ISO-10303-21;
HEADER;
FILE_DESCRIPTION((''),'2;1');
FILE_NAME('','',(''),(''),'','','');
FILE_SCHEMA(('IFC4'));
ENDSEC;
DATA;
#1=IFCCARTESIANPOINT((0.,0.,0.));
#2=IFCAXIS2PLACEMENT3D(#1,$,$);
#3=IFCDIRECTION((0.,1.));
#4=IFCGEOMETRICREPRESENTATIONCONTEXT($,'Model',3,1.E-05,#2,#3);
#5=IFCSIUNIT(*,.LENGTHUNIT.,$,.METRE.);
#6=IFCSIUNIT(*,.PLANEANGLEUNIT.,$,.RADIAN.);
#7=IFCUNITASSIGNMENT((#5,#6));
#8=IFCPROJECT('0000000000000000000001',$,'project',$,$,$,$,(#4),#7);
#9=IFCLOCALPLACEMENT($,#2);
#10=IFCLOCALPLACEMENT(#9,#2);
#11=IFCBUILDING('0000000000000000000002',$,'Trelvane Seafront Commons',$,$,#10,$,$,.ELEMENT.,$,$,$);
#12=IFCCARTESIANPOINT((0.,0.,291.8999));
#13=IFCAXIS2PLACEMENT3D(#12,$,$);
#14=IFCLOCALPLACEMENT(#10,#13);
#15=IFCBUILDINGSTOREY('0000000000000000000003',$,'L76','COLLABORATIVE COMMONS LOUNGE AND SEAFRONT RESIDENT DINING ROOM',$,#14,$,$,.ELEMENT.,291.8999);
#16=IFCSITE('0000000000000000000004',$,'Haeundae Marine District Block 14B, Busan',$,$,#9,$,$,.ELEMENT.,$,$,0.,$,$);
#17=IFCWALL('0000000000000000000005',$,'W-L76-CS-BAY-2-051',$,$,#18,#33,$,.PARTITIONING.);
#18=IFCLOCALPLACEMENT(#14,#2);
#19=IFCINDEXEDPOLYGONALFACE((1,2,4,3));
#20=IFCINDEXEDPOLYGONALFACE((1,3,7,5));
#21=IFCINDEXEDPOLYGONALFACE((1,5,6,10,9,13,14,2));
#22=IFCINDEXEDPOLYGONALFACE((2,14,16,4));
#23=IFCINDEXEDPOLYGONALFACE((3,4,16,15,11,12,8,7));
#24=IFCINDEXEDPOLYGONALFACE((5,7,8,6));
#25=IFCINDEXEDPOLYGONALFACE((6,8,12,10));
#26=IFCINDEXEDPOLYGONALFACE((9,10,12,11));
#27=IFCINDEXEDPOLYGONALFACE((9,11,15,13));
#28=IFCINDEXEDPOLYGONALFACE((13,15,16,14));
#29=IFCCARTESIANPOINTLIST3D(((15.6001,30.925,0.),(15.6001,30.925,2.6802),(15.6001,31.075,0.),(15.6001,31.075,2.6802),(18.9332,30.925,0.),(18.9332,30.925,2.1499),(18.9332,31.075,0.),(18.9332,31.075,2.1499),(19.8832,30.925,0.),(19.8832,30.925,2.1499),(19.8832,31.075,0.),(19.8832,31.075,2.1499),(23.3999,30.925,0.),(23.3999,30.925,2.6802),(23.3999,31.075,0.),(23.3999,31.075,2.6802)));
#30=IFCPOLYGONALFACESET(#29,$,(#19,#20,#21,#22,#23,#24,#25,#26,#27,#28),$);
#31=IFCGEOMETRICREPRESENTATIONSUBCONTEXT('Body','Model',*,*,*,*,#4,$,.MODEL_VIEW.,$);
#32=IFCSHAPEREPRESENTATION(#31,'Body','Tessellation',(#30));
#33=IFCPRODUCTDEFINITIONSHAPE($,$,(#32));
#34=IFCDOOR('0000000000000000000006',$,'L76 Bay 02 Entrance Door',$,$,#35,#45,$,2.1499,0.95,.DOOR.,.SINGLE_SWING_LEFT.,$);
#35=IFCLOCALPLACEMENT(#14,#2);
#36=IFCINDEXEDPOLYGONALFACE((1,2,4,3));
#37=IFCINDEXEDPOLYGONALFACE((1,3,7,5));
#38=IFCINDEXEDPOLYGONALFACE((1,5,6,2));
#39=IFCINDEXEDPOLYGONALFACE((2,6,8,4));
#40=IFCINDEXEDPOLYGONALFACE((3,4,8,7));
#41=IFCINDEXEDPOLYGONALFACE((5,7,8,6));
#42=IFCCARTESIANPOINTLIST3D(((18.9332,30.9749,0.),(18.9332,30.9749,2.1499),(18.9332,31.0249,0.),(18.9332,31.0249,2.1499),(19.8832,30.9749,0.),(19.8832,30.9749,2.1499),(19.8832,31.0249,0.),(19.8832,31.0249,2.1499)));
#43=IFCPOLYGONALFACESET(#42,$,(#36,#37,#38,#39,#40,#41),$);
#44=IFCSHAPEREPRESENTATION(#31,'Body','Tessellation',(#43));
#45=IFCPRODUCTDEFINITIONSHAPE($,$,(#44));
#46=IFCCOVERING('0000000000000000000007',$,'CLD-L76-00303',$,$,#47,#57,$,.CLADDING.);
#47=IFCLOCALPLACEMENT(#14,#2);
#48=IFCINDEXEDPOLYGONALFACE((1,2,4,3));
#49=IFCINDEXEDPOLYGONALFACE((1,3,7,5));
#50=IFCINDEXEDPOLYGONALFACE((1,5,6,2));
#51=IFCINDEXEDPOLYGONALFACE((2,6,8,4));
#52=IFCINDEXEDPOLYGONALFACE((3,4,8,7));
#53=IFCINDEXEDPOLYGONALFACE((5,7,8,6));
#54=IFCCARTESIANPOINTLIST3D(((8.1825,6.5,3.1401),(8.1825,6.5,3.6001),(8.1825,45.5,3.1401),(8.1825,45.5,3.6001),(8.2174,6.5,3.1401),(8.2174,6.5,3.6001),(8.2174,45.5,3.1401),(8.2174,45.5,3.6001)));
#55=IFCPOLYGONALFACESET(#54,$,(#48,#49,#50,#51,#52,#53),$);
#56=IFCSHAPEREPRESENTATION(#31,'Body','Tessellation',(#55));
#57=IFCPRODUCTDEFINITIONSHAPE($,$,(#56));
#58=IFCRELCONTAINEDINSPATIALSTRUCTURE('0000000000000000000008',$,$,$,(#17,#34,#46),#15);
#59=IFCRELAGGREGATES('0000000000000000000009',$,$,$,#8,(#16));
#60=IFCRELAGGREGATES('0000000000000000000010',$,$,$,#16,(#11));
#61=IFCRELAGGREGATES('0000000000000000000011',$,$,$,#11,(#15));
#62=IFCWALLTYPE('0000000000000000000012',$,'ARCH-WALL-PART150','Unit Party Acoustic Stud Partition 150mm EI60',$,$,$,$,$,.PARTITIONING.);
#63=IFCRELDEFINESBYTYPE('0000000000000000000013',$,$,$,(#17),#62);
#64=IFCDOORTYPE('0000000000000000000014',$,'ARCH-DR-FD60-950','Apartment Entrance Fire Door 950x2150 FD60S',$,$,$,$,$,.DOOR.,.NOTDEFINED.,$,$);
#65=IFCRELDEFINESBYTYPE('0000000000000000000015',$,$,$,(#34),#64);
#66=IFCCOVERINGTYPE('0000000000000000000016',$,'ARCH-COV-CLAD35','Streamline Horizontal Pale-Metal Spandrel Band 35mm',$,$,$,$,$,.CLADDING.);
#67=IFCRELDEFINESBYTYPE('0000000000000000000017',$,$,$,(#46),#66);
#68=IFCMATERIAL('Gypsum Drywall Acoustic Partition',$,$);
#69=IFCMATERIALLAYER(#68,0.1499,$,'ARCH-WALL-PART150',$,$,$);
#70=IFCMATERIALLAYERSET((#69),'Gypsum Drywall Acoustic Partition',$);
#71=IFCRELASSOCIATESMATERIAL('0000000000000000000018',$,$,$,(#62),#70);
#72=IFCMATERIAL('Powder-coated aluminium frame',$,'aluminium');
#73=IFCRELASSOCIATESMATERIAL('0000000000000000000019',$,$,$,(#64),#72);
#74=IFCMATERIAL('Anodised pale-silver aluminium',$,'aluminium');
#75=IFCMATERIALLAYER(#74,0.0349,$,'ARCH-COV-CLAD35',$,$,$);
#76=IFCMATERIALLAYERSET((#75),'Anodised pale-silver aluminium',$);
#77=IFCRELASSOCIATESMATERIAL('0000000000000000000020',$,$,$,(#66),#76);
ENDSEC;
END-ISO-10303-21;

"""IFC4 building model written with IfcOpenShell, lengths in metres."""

from ifc_helpers import new_model, si_unit, direction, frame, frame_2d, origin, origin_2d, place, context, subcontext, project, spatial, rectangle, extrude, source, transform, mapped, material, layer, layer_set, type_object, element, fill, save


model = new_model("IFC4")

# Units and contexts
model_context = context("Model", 3, precision=1e-05, world=origin(), true_north=direction((0.0, 1.0)))
body_context = subcontext(model_context, "Body", "Model", "MODEL_VIEW")
ifc_project = project(units=[si_unit("LENGTHUNIT", "METRE"), si_unit("PLANEANGLEUNIT", "RADIAN")], contexts=[model_context])

# Site, building, storey
site_placement = place(None, origin())
site = spatial("IfcSite", under=ifc_project, at=site_placement, Name="Haeundae Marine District Block 14B, Busan", CompositionType="ELEMENT", RefElevation=0.0)
building_placement = place(site_placement, origin())
building = spatial("IfcBuilding", under=site, at=building_placement, Name="Trelvane Seafront Commons", CompositionType="ELEMENT")
storey_placement = place(building_placement, frame((0.0, 0.0, 291.8999)))
storey = spatial("IfcBuildingStorey", under=building, at=storey_placement, Name="L76", Description="COLLABORATIVE COMMONS LOUNGE AND SEAFRONT RESIDENT DINING ROOM", CompositionType="ELEMENT", Elevation=291.8999)

# Shared definitions
ifc_material_1 = material(Name="Anodised pale-silver aluminium", Category="aluminium")

# Shared definitions
ifc_material_2 = material(Name="Gypsum Drywall Acoustic Partition")
shared_shape_1 = source(origin(), body_context, "Body", "SweptSolid", [
    extrude(rectangle(XDim=0.95, YDim=2.1499, at=frame_2d((0.4751, 1.075))), frame((0.0, 0.0249, 0.0), z_axis=(0.0, -1.0, 0.0), x_axis=(1.0, 0.0, 0.0)), (0.0, 0.0, 1.0), 0.05),
])

# Wall, opening, door
ifc_layer_1 = layer(ifc_material_2, 0.1499, Name="ARCH-WALL-PART150")
ifc_layer_set_1 = layer_set([ifc_layer_1], Name="Gypsum Drywall Acoustic Partition")
wall_type_1 = type_object("IfcWallType", Name="ARCH-WALL-PART150", Description="Unit Party Acoustic Stud Partition 150mm EI60", PredefinedType="PARTITIONING", material=ifc_layer_set_1)
ifc_material_3 = material(Name="Powder-coated aluminium frame", Category="aluminium")
door_type_1 = type_object("IfcDoorType", Name="ARCH-DR-FD60-950", Description="Apartment Entrance Fire Door 950x2150 FD60S", OperationType="NOTDEFINED", PredefinedType="DOOR", material=ifc_material_3)
wall_1_placement = place(storey_placement, frame((15.6001, 31.0, 0.0), z_axis=(0.0, 0.0, 1.0), x_axis=(1.0, 0.0, 0.0)))
wall_1 = element("IfcWall", 1, at=wall_1_placement, inside=storey, type_object=wall_type_1, Name="W-L76-CS-BAY-2-051", PredefinedType="PARTITIONING", context=body_context, shape_type="SweptSolid", body=[
    extrude(rectangle(XDim=7.7998, YDim=0.1499, at=frame_2d((3.8999, 0.0))), origin(), (0.0, 0.0, 1.0), 2.6802),
])
opening_1_placement = place(wall_1_placement, frame((3.333, 0.0, 0.0)))
opening_1 = element("IfcOpeningElement", 2, at=opening_1_placement, cuts=wall_1, PredefinedType="OPENING", context=body_context, shape_type="SweptSolid", body=[
    extrude(rectangle(XDim=0.95, YDim=2.1499, at=frame_2d((0.4751, 1.075))), frame((0.0, 0.085, 0.0), z_axis=(0.0, -1.0, 0.0), x_axis=(1.0, 0.0, 0.0)), (0.0, 0.0, 1.0), 0.1699),
])
door_1_placement = place(opening_1_placement, origin())
door_1 = element("IfcDoor", 3, at=door_1_placement, inside=storey, type_object=door_type_1, Name="L76 Bay 02 Entrance Door", OperationType="SINGLE_SWING_LEFT", OverallHeight=2.1499, OverallWidth=0.95, PredefinedType="DOOR", context=body_context, shape_type="MappedRepresentation", body=[
    mapped(shared_shape_1, transform((0.0, 0.0, 0.0), x_axis=(1.0, 0.0, 0.0), y_axis=(0.0, 1.0, 0.0), z_axis=(0.0, 0.0, 1.0), scale=1.0)),
])
fill(opening_1, door_1)

# Covering
ifc_layer_2 = layer(ifc_material_1, 0.0349, Name="ARCH-COV-CLAD35")
ifc_layer_set_2 = layer_set([ifc_layer_2], Name="Anodised pale-silver aluminium")
covering_type = type_object("IfcCoveringType", Name="ARCH-COV-CLAD35", Description="Streamline Horizontal Pale-Metal Spandrel Band 35mm", PredefinedType="CLADDING", material=ifc_layer_set_2)
shared_shape_2 = source(origin(), body_context, "Body", "SweptSolid", [
    extrude(rectangle(XDim=39.0, YDim=0.0349, at=origin_2d()), origin(), (0.0, 0.0, 1.0), 0.46),
])
covering_placement = place(storey_placement, frame((8.2, 26.0, 3.1401), z_axis=(0.0, 0.0, 1.0), x_axis=(0.0, 1.0, 0.0)))
element("IfcCovering", 4, at=covering_placement, inside=storey, type_object=covering_type, Name="CLD-L76-00303", PredefinedType="CLADDING", context=body_context, shape_type="MappedRepresentation", body=[
    mapped(shared_shape_2, transform((0.0, 0.0, 0.0), x_axis=(1.0, 0.0, 0.0), y_axis=(0.0, 1.0, 0.0), z_axis=(0.0, 0.0, 1.0), scale=1.0)),
])

save(model, "model.ifc")
